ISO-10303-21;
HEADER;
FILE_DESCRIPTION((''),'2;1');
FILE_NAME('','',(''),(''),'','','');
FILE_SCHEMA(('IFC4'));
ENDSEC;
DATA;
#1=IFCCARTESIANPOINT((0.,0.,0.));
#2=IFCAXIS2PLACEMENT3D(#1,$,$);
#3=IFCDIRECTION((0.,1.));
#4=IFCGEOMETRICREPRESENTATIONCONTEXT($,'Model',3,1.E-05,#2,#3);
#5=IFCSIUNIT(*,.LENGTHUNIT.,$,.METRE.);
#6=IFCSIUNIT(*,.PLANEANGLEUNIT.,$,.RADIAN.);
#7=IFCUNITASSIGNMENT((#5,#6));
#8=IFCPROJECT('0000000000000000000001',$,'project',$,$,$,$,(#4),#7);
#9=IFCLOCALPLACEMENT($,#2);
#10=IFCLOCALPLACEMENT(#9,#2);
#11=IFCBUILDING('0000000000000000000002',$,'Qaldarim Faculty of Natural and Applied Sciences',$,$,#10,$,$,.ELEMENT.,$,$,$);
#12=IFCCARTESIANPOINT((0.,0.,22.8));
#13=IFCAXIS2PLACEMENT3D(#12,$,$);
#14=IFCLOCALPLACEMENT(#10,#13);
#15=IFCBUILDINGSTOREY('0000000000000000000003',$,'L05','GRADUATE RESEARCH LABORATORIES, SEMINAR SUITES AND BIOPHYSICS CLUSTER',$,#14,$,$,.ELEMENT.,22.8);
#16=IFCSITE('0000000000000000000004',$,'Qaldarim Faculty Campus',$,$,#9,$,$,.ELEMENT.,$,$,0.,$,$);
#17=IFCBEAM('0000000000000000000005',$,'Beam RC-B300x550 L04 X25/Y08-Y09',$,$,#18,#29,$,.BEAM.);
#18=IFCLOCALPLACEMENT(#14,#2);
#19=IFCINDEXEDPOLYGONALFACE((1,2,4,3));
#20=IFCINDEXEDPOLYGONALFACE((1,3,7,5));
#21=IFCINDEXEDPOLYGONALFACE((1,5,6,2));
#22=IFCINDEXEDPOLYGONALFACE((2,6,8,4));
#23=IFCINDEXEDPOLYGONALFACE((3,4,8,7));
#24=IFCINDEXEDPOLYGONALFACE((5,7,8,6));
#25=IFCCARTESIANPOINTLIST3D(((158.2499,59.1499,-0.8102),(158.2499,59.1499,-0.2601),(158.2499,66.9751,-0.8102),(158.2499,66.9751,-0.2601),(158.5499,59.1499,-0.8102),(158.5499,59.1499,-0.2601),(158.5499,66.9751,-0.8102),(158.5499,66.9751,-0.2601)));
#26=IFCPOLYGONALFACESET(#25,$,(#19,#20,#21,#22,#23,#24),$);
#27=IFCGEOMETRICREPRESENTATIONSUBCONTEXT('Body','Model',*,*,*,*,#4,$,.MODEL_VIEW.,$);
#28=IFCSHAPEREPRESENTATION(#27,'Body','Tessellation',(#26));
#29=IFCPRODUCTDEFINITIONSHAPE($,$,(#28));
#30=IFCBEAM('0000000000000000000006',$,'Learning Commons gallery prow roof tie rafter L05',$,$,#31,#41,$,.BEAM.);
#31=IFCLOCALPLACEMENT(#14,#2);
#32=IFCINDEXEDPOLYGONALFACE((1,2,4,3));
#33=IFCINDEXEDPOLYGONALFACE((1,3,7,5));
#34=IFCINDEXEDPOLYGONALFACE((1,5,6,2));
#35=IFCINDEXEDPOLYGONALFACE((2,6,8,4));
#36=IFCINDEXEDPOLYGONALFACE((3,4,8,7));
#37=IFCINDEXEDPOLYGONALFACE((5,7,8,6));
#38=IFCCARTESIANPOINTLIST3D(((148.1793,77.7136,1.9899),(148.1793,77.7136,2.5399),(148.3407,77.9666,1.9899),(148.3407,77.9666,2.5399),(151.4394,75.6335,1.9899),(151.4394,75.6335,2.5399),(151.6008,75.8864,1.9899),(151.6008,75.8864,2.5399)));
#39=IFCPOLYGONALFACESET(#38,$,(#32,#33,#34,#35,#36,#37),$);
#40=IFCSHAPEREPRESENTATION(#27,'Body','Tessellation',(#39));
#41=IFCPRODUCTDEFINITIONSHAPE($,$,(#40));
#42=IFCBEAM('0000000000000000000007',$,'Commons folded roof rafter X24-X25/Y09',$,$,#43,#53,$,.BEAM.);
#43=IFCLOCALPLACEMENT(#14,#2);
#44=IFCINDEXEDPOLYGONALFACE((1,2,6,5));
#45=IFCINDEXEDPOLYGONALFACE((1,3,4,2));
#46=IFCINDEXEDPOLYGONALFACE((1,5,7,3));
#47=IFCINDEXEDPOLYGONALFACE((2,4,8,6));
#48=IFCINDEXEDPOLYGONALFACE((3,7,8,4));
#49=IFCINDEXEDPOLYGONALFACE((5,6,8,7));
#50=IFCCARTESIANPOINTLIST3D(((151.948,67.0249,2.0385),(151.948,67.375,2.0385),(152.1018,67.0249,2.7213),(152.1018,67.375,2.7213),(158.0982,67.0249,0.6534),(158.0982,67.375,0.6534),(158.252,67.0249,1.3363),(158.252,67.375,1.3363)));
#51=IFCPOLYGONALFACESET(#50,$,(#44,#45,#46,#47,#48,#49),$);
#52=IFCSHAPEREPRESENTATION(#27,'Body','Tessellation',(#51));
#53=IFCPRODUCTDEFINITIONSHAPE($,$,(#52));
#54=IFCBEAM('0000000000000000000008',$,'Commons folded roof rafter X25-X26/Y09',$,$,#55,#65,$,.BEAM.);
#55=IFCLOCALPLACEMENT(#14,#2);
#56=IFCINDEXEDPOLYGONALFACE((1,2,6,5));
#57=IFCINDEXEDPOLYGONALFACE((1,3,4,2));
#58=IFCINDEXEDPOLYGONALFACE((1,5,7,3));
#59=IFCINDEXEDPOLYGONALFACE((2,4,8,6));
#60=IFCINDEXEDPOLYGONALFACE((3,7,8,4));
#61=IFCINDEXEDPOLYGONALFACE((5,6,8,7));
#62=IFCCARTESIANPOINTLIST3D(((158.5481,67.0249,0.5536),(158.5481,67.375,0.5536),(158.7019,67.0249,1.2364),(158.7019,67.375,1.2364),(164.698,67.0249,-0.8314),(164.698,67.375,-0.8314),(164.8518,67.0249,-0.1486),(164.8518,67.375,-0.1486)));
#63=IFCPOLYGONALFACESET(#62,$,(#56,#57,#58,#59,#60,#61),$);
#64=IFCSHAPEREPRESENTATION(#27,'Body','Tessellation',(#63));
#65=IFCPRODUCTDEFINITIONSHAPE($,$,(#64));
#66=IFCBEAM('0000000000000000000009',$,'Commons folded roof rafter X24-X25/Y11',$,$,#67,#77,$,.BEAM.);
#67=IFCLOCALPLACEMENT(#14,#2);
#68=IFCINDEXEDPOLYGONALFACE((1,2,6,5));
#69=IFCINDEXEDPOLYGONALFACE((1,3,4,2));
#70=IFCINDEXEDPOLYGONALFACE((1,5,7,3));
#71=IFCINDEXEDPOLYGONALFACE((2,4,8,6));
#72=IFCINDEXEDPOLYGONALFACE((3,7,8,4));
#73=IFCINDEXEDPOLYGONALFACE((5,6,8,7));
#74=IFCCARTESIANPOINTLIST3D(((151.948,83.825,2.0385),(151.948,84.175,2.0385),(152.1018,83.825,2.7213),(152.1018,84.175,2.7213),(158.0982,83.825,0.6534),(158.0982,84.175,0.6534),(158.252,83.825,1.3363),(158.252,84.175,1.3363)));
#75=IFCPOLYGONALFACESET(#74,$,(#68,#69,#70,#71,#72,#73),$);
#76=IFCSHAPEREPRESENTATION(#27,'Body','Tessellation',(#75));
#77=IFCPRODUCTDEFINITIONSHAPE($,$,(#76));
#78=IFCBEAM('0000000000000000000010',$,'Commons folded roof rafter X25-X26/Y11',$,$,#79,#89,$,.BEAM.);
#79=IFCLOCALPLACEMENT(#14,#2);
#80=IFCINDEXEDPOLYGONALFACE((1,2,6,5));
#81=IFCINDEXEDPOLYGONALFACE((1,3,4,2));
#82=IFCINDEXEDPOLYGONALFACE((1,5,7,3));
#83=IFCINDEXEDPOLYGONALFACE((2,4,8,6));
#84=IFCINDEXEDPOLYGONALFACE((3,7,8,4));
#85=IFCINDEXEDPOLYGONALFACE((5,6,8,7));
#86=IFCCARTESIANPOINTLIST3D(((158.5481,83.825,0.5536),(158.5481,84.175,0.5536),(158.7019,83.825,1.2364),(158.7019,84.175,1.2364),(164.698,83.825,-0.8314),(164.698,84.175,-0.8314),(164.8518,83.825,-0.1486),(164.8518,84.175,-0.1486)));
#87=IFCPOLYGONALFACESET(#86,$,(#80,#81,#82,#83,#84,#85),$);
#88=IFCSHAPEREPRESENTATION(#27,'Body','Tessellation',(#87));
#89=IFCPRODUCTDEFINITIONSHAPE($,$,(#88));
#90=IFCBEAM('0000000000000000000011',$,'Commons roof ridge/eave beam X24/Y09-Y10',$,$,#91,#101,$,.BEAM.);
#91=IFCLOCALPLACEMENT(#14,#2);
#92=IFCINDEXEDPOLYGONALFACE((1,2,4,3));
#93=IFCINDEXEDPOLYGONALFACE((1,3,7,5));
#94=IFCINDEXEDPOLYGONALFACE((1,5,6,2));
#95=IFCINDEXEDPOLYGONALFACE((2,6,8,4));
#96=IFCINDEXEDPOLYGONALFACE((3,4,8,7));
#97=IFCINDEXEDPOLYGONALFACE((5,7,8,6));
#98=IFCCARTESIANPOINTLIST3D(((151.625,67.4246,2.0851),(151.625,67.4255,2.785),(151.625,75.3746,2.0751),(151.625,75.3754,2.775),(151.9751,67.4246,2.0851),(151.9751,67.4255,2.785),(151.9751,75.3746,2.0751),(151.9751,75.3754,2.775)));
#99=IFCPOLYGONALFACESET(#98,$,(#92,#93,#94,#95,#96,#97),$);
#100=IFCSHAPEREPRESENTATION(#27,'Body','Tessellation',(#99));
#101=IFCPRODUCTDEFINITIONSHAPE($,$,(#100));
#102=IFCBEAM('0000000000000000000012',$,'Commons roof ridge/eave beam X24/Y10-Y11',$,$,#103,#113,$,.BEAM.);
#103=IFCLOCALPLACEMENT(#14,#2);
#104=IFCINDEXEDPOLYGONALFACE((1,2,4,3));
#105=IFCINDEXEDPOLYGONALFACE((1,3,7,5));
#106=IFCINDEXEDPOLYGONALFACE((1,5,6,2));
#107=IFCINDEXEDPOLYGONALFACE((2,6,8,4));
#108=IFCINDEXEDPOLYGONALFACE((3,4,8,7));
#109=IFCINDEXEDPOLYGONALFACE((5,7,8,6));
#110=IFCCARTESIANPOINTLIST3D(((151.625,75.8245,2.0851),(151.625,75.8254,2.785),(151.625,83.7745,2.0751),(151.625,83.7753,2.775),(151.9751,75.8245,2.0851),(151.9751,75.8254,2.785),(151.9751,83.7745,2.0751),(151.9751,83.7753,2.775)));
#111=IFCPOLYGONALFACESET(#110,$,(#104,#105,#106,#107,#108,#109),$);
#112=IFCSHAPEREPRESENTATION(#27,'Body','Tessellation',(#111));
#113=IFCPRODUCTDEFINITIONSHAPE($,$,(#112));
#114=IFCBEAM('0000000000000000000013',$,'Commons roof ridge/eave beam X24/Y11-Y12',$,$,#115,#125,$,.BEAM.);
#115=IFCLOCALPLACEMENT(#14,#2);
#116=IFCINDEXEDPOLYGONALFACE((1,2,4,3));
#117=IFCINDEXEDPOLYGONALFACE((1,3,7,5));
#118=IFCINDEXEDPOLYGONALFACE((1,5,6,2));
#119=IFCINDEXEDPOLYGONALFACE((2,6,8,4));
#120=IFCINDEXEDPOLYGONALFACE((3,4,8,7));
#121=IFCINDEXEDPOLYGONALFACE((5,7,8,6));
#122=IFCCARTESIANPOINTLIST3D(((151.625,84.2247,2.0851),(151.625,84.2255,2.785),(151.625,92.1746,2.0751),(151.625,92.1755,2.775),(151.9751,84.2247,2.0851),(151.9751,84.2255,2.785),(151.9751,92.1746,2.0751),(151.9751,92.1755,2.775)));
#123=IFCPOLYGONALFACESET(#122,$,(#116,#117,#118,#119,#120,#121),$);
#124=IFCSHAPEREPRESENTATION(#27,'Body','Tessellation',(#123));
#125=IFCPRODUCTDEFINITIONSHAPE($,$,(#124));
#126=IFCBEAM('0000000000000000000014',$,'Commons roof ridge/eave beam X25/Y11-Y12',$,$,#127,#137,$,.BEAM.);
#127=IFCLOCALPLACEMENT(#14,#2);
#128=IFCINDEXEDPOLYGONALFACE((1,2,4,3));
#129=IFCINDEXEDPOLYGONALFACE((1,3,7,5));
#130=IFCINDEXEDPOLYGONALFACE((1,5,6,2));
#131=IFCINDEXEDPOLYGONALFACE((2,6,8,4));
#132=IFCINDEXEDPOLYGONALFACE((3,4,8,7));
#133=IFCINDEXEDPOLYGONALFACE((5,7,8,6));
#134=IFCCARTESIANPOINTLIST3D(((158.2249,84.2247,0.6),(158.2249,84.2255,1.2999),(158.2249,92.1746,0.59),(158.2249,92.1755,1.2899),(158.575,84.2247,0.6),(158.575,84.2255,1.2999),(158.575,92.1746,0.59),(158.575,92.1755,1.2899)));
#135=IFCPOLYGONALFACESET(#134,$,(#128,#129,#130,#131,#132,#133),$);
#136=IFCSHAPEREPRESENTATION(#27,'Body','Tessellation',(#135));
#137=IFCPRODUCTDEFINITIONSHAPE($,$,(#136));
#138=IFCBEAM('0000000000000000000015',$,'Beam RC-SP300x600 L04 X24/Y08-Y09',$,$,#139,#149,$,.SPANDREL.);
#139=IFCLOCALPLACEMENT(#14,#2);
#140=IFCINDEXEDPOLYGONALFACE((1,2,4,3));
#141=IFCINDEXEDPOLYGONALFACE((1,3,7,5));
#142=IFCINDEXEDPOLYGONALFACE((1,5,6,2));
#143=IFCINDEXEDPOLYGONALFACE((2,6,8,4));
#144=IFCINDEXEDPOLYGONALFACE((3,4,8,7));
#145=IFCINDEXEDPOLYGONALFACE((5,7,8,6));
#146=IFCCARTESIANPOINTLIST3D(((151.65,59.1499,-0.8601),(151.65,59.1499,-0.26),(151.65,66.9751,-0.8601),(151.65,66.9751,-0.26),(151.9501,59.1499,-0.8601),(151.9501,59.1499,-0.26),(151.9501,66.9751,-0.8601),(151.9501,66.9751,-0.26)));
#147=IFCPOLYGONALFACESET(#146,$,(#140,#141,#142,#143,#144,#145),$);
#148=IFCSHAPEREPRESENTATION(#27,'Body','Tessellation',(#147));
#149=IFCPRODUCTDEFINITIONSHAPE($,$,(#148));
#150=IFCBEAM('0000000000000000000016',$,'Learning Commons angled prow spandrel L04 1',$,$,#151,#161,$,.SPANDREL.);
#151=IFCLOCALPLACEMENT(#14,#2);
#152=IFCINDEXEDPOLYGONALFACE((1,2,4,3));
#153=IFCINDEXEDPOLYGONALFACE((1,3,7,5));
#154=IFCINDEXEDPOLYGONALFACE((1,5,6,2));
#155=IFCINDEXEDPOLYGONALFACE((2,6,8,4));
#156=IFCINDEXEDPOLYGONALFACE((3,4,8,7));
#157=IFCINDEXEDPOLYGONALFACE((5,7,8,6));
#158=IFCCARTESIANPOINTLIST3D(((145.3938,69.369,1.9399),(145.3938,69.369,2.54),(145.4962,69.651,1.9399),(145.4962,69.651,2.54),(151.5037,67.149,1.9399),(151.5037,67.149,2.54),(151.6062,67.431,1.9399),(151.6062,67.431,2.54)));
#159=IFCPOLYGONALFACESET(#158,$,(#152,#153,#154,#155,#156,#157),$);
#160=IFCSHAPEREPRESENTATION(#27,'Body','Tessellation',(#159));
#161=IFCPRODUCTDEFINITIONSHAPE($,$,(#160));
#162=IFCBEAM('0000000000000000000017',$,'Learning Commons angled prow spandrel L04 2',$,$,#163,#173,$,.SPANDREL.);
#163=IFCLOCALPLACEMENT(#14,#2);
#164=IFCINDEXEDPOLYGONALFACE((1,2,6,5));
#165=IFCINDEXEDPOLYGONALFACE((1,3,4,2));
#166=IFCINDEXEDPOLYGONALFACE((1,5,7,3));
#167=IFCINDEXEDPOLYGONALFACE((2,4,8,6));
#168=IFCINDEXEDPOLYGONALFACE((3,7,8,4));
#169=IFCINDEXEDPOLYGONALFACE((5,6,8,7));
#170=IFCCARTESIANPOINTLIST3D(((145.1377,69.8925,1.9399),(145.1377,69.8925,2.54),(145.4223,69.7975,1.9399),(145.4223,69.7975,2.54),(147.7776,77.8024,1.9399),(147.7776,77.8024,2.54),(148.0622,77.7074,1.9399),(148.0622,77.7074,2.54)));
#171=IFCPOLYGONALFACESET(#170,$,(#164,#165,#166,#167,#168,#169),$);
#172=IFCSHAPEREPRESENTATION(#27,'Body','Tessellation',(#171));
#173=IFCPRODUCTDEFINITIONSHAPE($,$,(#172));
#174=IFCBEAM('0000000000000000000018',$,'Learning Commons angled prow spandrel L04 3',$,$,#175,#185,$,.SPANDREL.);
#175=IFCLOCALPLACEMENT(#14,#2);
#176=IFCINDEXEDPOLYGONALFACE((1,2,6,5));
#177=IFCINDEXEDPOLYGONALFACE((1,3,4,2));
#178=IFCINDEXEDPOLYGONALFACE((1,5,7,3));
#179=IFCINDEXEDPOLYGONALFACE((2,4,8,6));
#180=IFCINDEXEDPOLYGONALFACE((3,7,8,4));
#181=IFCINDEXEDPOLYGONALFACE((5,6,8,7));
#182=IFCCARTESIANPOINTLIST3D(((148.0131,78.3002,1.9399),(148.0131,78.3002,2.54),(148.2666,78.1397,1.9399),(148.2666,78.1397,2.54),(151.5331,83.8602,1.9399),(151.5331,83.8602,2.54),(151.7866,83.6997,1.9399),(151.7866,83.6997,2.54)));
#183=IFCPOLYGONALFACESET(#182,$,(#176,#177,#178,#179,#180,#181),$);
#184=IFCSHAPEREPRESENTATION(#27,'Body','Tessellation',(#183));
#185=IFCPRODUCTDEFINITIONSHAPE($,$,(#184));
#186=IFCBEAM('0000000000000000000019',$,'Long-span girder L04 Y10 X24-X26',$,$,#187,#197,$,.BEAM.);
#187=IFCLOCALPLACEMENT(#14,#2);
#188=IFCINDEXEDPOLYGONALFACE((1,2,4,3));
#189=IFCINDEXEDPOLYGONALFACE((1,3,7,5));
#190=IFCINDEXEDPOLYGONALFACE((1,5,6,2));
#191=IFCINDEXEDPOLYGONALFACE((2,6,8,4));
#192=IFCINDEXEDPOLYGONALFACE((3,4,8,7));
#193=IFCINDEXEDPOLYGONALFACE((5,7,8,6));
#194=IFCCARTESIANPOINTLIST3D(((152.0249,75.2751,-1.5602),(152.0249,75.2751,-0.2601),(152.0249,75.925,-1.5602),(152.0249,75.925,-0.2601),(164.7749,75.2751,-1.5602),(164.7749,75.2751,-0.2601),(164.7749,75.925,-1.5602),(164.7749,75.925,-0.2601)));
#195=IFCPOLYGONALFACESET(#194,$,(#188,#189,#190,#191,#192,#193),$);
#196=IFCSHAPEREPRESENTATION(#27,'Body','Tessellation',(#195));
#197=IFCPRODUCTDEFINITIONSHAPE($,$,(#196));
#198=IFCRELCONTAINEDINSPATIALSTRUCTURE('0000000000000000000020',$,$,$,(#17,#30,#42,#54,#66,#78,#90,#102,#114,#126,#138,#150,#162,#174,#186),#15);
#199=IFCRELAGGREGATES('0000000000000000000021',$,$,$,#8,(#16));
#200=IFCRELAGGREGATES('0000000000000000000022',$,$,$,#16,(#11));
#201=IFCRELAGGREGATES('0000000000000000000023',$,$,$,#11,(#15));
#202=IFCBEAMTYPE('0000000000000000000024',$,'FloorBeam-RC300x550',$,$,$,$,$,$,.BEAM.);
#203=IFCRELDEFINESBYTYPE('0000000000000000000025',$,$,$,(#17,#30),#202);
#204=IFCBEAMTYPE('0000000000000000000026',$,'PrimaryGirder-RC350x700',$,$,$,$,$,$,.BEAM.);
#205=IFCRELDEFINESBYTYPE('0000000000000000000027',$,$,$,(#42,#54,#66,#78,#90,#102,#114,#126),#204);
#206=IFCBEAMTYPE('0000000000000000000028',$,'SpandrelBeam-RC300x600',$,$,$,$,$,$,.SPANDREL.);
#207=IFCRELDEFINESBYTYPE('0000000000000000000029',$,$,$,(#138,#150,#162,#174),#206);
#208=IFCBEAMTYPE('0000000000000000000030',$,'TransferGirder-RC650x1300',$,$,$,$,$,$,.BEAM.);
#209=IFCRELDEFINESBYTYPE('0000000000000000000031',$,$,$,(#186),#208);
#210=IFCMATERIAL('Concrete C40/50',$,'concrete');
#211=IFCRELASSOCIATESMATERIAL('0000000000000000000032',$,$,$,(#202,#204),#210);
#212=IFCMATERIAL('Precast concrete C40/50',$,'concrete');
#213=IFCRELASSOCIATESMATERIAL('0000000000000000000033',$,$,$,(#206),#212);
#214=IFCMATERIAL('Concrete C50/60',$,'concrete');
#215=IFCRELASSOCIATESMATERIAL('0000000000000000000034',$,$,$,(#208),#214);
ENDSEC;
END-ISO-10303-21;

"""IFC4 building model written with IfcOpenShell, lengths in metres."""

from ifc_helpers import new_model, si_unit, direction, frame, origin, origin_2d, place, context, subcontext, project, spatial, rectangle, extrude, material, material_profile, profile_set, type_object, element, save


model = new_model("IFC4")

# Units and contexts
model_context = context("Model", 3, precision=1e-05, world=origin(), true_north=direction((0.0, 1.0)))
body_context = subcontext(model_context, "Body", "Model", "MODEL_VIEW")
ifc_project = project(units=[si_unit("LENGTHUNIT", "METRE"), si_unit("PLANEANGLEUNIT", "RADIAN")], contexts=[model_context])

# Site, building, storey
site_placement = place(None, origin())
site = spatial("IfcSite", under=ifc_project, at=site_placement, Name="Qaldarim Faculty Campus", CompositionType="ELEMENT", RefElevation=0.0)
building_placement = place(site_placement, origin())
building = spatial("IfcBuilding", under=site, at=building_placement, Name="Qaldarim Faculty of Natural and Applied Sciences", CompositionType="ELEMENT")
storey_placement = place(building_placement, frame((0.0, 0.0, 22.8)))
storey = spatial("IfcBuildingStorey", under=building, at=storey_placement, Name="L05", Description="GRADUATE RESEARCH LABORATORIES, SEMINAR SUITES AND BIOPHYSICS CLUSTER", CompositionType="ELEMENT", Elevation=22.8)

# Beams
ifc_material_1 = material(Name="Concrete C40/50", Category="concrete")
ifc_material_profile_1 = material_profile(ifc_material_1, rectangle(XDim=0.3, YDim=0.55, at=origin_2d()), Name="RC-B300x550")
ifc_profile_set_1 = profile_set([ifc_material_profile_1], Name="Concrete C40/50")
beam_type_1 = type_object("IfcBeamType", Name="FloorBeam-RC300x550", PredefinedType="BEAM", material=ifc_profile_set_1)
beam_1_placement = place(storey_placement, frame((158.3999, 59.1499, -0.5352), z_axis=(0.0, 1.0, 0.0), x_axis=(-1.0, 0.0, 0.0)))
element("IfcBeam", 1, at=beam_1_placement, inside=storey, type_object=beam_type_1, Name="Beam RC-B300x550 L04 X25/Y08-Y09", PredefinedType="BEAM", context=body_context, shape_type="SweptSolid", body=[
    extrude(rectangle(XDim=0.3, YDim=0.55, at=origin_2d()), origin(), (0.0, 0.0, 1.0), 7.8252),
])
beam_2_placement = place(storey_placement, frame((148.26, 77.8401, 2.2649), z_axis=(0.843014, -0.537892, 0.0), x_axis=(0.537892, 0.843014, 0.0)))
element("IfcBeam", 2, at=beam_2_placement, inside=storey, type_object=beam_type_1, Name="Learning Commons gallery prow roof tie rafter L05", PredefinedType="BEAM", context=body_context, shape_type="SweptSolid", body=[
    extrude(rectangle(XDim=0.3, YDim=0.55, at=origin_2d()), origin(), (0.0, 0.0, 1.0), 3.8672),
])
ifc_material_profile_2 = material_profile(ifc_material_1, rectangle(XDim=0.3501, YDim=0.7, at=origin_2d()), Name="RC-B350x700")
ifc_profile_set_2 = profile_set([ifc_material_profile_2], Name="Concrete C40/50")
beam_type_2 = type_object("IfcBeamType", Name="PrimaryGirder-RC350x700", PredefinedType="BEAM", material=ifc_profile_set_2)
beam_3_placement = place(storey_placement, frame((152.0249, 67.2, 2.3799), z_axis=(0.975568, 0.0, -0.219697), x_axis=(0.0, 1.0, 0.0)))
element("IfcBeam", 3, at=beam_3_placement, inside=storey, type_object=beam_type_2, Name="Commons folded roof rafter X24-X25/Y09", PredefinedType="BEAM", context=body_context, shape_type="SweptSolid", body=[
    extrude(rectangle(XDim=0.3501, YDim=0.7, at=origin_2d()), origin(), (0.0, 0.0, 1.0), 6.3042),
])
beam_4_placement = place(storey_placement, frame((158.625, 67.2, 0.895), z_axis=(0.975566, 0.0, -0.219706), x_axis=(0.0, 1.0, 0.0)))
element("IfcBeam", 4, at=beam_4_placement, inside=storey, type_object=beam_type_2, Name="Commons folded roof rafter X25-X26/Y09", PredefinedType="BEAM", context=body_context, shape_type="SweptSolid", body=[
    extrude(rectangle(XDim=0.3501, YDim=0.7, at=origin_2d()), origin(), (0.0, 0.0, 1.0), 6.304),
])
beam_5_placement = place(storey_placement, frame((152.0249, 84.0, 2.3799), z_axis=(0.975568, 0.0, -0.219697), x_axis=(0.0, 1.0, 0.0)))
element("IfcBeam", 5, at=beam_5_placement, inside=storey, type_object=beam_type_2, Name="Commons folded roof rafter X24-X25/Y11", PredefinedType="BEAM", context=body_context, shape_type="SweptSolid", body=[
    extrude(rectangle(XDim=0.3501, YDim=0.7, at=origin_2d()), origin(), (0.0, 0.0, 1.0), 6.3042),
])
beam_6_placement = place(storey_placement, frame((158.625, 84.0, 0.895), z_axis=(0.975566, 0.0, -0.219706), x_axis=(0.0, 1.0, 0.0)))
element("IfcBeam", 6, at=beam_6_placement, inside=storey, type_object=beam_type_2, Name="Commons folded roof rafter X25-X26/Y11", PredefinedType="BEAM", context=body_context, shape_type="SweptSolid", body=[
    extrude(rectangle(XDim=0.3501, YDim=0.7, at=origin_2d()), origin(), (0.0, 0.0, 1.0), 6.304),
])
for number, where, z_axis, x_axis, name in (
    (7, (151.8, 67.425, 2.4351), (0.0, 0.999999, -0.001259), (-1.0, 0.0, 0.0), "Commons roof ridge/eave beam X24/Y09-Y10"),
    (8, (151.8, 75.825, 2.4351), (0.0, 0.999999, -0.001259), (-1.0, 0.0, 0.0), "Commons roof ridge/eave beam X24/Y10-Y11"),
    (9, (151.8, 84.2251, 2.4351), (0.0, 0.999999, -0.001259), (-1.0, 0.0, 0.0), "Commons roof ridge/eave beam X24/Y11-Y12"),
    (10, (158.3999, 84.2251, 0.95), (0.0, 0.999999, -0.001259), (-1.0, 0.0, 0.0), "Commons roof ridge/eave beam X25/Y11-Y12"),
):
    element("IfcBeam", number, at=place(storey_placement, frame(where, z_axis=z_axis, x_axis=x_axis)), inside=storey, type_object=beam_type_2, Name=name, PredefinedType="BEAM", context=body_context, shape_type="SweptSolid", body=[
        extrude(rectangle(XDim=0.3501, YDim=0.7, at=origin_2d()), origin(), (0.0, 0.0, 1.0), 7.95),
    ])
ifc_material_2 = material(Name="Precast concrete C40/50", Category="concrete")
ifc_material_profile_3 = material_profile(ifc_material_2, rectangle(XDim=0.3, YDim=0.6001, at=origin_2d()), Name="RC-SP300x600")
ifc_profile_set_3 = profile_set([ifc_material_profile_3], Name="Precast concrete C40/50")
beam_type_3 = type_object("IfcBeamType", Name="SpandrelBeam-RC300x600", PredefinedType="SPANDREL", material=ifc_profile_set_3)
beam_7_placement = place(storey_placement, frame((151.8, 59.1499, -0.5601), z_axis=(0.0, 1.0, 0.0), x_axis=(-1.0, 0.0, 0.0)))
element("IfcBeam", 11, at=beam_7_placement, inside=storey, type_object=beam_type_3, Name="Beam RC-SP300x600 L04 X24/Y08-Y09", PredefinedType="SPANDREL", context=body_context, shape_type="SweptSolid", body=[
    extrude(rectangle(XDim=0.3, YDim=0.6001, at=origin_2d()), origin(), (0.0, 0.0, 1.0), 7.8252),
])
beam_8_placement = place(storey_placement, frame((151.5549, 67.29, 2.24), z_axis=(-0.939882, 0.341499, 0.0), x_axis=(-0.341499, -0.939882, 0.0)))
element("IfcBeam", 12, at=beam_8_placement, inside=storey, type_object=beam_type_3, Name="Learning Commons angled prow spandrel L04 1", PredefinedType="SPANDREL", context=body_context, shape_type="SweptSolid", body=[
    extrude(rectangle(XDim=0.3, YDim=0.6001, at=origin_2d()), origin(), (0.0, 0.0, 1.0), 6.5007),
])
beam_9_placement = place(storey_placement, frame((145.28, 69.845, 2.24), z_axis=(0.316579, 0.948566, 0.0), x_axis=(-0.948566, 0.316579, 0.0)))
element("IfcBeam", 13, at=beam_9_placement, inside=storey, type_object=beam_type_3, Name="Learning Commons angled prow spandrel L04 2", PredefinedType="SPANDREL", context=body_context, shape_type="SweptSolid", body=[
    extrude(rectangle(XDim=0.3, YDim=0.6001, at=origin_2d()), origin(), (0.0, 0.0, 1.0), 8.3389),
])
beam_10_placement = place(storey_placement, frame((148.1399, 78.22, 2.24), z_axis=(0.534906, 0.844912, 0.0), x_axis=(-0.844912, 0.534906, 0.0)))
element("IfcBeam", 14, at=beam_10_placement, inside=storey, type_object=beam_type_3, Name="Learning Commons angled prow spandrel L04 3", PredefinedType="SPANDREL", context=body_context, shape_type="SweptSolid", body=[
    extrude(rectangle(XDim=0.3, YDim=0.6001, at=origin_2d()), origin(), (0.0, 0.0, 1.0), 6.5806),
])
ifc_material_3 = material(Name="Concrete C50/60", Category="concrete")
ifc_material_profile_4 = material_profile(ifc_material_3, rectangle(XDim=0.6499, YDim=1.3, at=origin_2d()), Name="RC-TG650x1300")
ifc_profile_set_4 = profile_set([ifc_material_profile_4], Name="Concrete C50/60")
beam_type_4 = type_object("IfcBeamType", Name="TransferGirder-RC650x1300", PredefinedType="BEAM", material=ifc_profile_set_4)
beam_11_placement = place(storey_placement, frame((152.0249, 75.6001, -0.9102), z_axis=(1.0, 0.0, 0.0), x_axis=(0.0, 1.0, 0.0)))
element("IfcBeam", 15, at=beam_11_placement, inside=storey, type_object=beam_type_4, Name="Long-span girder L04 Y10 X24-X26", PredefinedType="BEAM", context=body_context, shape_type="SweptSolid", body=[
    extrude(rectangle(XDim=0.6499, YDim=1.3, at=origin_2d()), origin(), (0.0, 0.0, 1.0), 12.75),
])

save(model, "model.ifc")
